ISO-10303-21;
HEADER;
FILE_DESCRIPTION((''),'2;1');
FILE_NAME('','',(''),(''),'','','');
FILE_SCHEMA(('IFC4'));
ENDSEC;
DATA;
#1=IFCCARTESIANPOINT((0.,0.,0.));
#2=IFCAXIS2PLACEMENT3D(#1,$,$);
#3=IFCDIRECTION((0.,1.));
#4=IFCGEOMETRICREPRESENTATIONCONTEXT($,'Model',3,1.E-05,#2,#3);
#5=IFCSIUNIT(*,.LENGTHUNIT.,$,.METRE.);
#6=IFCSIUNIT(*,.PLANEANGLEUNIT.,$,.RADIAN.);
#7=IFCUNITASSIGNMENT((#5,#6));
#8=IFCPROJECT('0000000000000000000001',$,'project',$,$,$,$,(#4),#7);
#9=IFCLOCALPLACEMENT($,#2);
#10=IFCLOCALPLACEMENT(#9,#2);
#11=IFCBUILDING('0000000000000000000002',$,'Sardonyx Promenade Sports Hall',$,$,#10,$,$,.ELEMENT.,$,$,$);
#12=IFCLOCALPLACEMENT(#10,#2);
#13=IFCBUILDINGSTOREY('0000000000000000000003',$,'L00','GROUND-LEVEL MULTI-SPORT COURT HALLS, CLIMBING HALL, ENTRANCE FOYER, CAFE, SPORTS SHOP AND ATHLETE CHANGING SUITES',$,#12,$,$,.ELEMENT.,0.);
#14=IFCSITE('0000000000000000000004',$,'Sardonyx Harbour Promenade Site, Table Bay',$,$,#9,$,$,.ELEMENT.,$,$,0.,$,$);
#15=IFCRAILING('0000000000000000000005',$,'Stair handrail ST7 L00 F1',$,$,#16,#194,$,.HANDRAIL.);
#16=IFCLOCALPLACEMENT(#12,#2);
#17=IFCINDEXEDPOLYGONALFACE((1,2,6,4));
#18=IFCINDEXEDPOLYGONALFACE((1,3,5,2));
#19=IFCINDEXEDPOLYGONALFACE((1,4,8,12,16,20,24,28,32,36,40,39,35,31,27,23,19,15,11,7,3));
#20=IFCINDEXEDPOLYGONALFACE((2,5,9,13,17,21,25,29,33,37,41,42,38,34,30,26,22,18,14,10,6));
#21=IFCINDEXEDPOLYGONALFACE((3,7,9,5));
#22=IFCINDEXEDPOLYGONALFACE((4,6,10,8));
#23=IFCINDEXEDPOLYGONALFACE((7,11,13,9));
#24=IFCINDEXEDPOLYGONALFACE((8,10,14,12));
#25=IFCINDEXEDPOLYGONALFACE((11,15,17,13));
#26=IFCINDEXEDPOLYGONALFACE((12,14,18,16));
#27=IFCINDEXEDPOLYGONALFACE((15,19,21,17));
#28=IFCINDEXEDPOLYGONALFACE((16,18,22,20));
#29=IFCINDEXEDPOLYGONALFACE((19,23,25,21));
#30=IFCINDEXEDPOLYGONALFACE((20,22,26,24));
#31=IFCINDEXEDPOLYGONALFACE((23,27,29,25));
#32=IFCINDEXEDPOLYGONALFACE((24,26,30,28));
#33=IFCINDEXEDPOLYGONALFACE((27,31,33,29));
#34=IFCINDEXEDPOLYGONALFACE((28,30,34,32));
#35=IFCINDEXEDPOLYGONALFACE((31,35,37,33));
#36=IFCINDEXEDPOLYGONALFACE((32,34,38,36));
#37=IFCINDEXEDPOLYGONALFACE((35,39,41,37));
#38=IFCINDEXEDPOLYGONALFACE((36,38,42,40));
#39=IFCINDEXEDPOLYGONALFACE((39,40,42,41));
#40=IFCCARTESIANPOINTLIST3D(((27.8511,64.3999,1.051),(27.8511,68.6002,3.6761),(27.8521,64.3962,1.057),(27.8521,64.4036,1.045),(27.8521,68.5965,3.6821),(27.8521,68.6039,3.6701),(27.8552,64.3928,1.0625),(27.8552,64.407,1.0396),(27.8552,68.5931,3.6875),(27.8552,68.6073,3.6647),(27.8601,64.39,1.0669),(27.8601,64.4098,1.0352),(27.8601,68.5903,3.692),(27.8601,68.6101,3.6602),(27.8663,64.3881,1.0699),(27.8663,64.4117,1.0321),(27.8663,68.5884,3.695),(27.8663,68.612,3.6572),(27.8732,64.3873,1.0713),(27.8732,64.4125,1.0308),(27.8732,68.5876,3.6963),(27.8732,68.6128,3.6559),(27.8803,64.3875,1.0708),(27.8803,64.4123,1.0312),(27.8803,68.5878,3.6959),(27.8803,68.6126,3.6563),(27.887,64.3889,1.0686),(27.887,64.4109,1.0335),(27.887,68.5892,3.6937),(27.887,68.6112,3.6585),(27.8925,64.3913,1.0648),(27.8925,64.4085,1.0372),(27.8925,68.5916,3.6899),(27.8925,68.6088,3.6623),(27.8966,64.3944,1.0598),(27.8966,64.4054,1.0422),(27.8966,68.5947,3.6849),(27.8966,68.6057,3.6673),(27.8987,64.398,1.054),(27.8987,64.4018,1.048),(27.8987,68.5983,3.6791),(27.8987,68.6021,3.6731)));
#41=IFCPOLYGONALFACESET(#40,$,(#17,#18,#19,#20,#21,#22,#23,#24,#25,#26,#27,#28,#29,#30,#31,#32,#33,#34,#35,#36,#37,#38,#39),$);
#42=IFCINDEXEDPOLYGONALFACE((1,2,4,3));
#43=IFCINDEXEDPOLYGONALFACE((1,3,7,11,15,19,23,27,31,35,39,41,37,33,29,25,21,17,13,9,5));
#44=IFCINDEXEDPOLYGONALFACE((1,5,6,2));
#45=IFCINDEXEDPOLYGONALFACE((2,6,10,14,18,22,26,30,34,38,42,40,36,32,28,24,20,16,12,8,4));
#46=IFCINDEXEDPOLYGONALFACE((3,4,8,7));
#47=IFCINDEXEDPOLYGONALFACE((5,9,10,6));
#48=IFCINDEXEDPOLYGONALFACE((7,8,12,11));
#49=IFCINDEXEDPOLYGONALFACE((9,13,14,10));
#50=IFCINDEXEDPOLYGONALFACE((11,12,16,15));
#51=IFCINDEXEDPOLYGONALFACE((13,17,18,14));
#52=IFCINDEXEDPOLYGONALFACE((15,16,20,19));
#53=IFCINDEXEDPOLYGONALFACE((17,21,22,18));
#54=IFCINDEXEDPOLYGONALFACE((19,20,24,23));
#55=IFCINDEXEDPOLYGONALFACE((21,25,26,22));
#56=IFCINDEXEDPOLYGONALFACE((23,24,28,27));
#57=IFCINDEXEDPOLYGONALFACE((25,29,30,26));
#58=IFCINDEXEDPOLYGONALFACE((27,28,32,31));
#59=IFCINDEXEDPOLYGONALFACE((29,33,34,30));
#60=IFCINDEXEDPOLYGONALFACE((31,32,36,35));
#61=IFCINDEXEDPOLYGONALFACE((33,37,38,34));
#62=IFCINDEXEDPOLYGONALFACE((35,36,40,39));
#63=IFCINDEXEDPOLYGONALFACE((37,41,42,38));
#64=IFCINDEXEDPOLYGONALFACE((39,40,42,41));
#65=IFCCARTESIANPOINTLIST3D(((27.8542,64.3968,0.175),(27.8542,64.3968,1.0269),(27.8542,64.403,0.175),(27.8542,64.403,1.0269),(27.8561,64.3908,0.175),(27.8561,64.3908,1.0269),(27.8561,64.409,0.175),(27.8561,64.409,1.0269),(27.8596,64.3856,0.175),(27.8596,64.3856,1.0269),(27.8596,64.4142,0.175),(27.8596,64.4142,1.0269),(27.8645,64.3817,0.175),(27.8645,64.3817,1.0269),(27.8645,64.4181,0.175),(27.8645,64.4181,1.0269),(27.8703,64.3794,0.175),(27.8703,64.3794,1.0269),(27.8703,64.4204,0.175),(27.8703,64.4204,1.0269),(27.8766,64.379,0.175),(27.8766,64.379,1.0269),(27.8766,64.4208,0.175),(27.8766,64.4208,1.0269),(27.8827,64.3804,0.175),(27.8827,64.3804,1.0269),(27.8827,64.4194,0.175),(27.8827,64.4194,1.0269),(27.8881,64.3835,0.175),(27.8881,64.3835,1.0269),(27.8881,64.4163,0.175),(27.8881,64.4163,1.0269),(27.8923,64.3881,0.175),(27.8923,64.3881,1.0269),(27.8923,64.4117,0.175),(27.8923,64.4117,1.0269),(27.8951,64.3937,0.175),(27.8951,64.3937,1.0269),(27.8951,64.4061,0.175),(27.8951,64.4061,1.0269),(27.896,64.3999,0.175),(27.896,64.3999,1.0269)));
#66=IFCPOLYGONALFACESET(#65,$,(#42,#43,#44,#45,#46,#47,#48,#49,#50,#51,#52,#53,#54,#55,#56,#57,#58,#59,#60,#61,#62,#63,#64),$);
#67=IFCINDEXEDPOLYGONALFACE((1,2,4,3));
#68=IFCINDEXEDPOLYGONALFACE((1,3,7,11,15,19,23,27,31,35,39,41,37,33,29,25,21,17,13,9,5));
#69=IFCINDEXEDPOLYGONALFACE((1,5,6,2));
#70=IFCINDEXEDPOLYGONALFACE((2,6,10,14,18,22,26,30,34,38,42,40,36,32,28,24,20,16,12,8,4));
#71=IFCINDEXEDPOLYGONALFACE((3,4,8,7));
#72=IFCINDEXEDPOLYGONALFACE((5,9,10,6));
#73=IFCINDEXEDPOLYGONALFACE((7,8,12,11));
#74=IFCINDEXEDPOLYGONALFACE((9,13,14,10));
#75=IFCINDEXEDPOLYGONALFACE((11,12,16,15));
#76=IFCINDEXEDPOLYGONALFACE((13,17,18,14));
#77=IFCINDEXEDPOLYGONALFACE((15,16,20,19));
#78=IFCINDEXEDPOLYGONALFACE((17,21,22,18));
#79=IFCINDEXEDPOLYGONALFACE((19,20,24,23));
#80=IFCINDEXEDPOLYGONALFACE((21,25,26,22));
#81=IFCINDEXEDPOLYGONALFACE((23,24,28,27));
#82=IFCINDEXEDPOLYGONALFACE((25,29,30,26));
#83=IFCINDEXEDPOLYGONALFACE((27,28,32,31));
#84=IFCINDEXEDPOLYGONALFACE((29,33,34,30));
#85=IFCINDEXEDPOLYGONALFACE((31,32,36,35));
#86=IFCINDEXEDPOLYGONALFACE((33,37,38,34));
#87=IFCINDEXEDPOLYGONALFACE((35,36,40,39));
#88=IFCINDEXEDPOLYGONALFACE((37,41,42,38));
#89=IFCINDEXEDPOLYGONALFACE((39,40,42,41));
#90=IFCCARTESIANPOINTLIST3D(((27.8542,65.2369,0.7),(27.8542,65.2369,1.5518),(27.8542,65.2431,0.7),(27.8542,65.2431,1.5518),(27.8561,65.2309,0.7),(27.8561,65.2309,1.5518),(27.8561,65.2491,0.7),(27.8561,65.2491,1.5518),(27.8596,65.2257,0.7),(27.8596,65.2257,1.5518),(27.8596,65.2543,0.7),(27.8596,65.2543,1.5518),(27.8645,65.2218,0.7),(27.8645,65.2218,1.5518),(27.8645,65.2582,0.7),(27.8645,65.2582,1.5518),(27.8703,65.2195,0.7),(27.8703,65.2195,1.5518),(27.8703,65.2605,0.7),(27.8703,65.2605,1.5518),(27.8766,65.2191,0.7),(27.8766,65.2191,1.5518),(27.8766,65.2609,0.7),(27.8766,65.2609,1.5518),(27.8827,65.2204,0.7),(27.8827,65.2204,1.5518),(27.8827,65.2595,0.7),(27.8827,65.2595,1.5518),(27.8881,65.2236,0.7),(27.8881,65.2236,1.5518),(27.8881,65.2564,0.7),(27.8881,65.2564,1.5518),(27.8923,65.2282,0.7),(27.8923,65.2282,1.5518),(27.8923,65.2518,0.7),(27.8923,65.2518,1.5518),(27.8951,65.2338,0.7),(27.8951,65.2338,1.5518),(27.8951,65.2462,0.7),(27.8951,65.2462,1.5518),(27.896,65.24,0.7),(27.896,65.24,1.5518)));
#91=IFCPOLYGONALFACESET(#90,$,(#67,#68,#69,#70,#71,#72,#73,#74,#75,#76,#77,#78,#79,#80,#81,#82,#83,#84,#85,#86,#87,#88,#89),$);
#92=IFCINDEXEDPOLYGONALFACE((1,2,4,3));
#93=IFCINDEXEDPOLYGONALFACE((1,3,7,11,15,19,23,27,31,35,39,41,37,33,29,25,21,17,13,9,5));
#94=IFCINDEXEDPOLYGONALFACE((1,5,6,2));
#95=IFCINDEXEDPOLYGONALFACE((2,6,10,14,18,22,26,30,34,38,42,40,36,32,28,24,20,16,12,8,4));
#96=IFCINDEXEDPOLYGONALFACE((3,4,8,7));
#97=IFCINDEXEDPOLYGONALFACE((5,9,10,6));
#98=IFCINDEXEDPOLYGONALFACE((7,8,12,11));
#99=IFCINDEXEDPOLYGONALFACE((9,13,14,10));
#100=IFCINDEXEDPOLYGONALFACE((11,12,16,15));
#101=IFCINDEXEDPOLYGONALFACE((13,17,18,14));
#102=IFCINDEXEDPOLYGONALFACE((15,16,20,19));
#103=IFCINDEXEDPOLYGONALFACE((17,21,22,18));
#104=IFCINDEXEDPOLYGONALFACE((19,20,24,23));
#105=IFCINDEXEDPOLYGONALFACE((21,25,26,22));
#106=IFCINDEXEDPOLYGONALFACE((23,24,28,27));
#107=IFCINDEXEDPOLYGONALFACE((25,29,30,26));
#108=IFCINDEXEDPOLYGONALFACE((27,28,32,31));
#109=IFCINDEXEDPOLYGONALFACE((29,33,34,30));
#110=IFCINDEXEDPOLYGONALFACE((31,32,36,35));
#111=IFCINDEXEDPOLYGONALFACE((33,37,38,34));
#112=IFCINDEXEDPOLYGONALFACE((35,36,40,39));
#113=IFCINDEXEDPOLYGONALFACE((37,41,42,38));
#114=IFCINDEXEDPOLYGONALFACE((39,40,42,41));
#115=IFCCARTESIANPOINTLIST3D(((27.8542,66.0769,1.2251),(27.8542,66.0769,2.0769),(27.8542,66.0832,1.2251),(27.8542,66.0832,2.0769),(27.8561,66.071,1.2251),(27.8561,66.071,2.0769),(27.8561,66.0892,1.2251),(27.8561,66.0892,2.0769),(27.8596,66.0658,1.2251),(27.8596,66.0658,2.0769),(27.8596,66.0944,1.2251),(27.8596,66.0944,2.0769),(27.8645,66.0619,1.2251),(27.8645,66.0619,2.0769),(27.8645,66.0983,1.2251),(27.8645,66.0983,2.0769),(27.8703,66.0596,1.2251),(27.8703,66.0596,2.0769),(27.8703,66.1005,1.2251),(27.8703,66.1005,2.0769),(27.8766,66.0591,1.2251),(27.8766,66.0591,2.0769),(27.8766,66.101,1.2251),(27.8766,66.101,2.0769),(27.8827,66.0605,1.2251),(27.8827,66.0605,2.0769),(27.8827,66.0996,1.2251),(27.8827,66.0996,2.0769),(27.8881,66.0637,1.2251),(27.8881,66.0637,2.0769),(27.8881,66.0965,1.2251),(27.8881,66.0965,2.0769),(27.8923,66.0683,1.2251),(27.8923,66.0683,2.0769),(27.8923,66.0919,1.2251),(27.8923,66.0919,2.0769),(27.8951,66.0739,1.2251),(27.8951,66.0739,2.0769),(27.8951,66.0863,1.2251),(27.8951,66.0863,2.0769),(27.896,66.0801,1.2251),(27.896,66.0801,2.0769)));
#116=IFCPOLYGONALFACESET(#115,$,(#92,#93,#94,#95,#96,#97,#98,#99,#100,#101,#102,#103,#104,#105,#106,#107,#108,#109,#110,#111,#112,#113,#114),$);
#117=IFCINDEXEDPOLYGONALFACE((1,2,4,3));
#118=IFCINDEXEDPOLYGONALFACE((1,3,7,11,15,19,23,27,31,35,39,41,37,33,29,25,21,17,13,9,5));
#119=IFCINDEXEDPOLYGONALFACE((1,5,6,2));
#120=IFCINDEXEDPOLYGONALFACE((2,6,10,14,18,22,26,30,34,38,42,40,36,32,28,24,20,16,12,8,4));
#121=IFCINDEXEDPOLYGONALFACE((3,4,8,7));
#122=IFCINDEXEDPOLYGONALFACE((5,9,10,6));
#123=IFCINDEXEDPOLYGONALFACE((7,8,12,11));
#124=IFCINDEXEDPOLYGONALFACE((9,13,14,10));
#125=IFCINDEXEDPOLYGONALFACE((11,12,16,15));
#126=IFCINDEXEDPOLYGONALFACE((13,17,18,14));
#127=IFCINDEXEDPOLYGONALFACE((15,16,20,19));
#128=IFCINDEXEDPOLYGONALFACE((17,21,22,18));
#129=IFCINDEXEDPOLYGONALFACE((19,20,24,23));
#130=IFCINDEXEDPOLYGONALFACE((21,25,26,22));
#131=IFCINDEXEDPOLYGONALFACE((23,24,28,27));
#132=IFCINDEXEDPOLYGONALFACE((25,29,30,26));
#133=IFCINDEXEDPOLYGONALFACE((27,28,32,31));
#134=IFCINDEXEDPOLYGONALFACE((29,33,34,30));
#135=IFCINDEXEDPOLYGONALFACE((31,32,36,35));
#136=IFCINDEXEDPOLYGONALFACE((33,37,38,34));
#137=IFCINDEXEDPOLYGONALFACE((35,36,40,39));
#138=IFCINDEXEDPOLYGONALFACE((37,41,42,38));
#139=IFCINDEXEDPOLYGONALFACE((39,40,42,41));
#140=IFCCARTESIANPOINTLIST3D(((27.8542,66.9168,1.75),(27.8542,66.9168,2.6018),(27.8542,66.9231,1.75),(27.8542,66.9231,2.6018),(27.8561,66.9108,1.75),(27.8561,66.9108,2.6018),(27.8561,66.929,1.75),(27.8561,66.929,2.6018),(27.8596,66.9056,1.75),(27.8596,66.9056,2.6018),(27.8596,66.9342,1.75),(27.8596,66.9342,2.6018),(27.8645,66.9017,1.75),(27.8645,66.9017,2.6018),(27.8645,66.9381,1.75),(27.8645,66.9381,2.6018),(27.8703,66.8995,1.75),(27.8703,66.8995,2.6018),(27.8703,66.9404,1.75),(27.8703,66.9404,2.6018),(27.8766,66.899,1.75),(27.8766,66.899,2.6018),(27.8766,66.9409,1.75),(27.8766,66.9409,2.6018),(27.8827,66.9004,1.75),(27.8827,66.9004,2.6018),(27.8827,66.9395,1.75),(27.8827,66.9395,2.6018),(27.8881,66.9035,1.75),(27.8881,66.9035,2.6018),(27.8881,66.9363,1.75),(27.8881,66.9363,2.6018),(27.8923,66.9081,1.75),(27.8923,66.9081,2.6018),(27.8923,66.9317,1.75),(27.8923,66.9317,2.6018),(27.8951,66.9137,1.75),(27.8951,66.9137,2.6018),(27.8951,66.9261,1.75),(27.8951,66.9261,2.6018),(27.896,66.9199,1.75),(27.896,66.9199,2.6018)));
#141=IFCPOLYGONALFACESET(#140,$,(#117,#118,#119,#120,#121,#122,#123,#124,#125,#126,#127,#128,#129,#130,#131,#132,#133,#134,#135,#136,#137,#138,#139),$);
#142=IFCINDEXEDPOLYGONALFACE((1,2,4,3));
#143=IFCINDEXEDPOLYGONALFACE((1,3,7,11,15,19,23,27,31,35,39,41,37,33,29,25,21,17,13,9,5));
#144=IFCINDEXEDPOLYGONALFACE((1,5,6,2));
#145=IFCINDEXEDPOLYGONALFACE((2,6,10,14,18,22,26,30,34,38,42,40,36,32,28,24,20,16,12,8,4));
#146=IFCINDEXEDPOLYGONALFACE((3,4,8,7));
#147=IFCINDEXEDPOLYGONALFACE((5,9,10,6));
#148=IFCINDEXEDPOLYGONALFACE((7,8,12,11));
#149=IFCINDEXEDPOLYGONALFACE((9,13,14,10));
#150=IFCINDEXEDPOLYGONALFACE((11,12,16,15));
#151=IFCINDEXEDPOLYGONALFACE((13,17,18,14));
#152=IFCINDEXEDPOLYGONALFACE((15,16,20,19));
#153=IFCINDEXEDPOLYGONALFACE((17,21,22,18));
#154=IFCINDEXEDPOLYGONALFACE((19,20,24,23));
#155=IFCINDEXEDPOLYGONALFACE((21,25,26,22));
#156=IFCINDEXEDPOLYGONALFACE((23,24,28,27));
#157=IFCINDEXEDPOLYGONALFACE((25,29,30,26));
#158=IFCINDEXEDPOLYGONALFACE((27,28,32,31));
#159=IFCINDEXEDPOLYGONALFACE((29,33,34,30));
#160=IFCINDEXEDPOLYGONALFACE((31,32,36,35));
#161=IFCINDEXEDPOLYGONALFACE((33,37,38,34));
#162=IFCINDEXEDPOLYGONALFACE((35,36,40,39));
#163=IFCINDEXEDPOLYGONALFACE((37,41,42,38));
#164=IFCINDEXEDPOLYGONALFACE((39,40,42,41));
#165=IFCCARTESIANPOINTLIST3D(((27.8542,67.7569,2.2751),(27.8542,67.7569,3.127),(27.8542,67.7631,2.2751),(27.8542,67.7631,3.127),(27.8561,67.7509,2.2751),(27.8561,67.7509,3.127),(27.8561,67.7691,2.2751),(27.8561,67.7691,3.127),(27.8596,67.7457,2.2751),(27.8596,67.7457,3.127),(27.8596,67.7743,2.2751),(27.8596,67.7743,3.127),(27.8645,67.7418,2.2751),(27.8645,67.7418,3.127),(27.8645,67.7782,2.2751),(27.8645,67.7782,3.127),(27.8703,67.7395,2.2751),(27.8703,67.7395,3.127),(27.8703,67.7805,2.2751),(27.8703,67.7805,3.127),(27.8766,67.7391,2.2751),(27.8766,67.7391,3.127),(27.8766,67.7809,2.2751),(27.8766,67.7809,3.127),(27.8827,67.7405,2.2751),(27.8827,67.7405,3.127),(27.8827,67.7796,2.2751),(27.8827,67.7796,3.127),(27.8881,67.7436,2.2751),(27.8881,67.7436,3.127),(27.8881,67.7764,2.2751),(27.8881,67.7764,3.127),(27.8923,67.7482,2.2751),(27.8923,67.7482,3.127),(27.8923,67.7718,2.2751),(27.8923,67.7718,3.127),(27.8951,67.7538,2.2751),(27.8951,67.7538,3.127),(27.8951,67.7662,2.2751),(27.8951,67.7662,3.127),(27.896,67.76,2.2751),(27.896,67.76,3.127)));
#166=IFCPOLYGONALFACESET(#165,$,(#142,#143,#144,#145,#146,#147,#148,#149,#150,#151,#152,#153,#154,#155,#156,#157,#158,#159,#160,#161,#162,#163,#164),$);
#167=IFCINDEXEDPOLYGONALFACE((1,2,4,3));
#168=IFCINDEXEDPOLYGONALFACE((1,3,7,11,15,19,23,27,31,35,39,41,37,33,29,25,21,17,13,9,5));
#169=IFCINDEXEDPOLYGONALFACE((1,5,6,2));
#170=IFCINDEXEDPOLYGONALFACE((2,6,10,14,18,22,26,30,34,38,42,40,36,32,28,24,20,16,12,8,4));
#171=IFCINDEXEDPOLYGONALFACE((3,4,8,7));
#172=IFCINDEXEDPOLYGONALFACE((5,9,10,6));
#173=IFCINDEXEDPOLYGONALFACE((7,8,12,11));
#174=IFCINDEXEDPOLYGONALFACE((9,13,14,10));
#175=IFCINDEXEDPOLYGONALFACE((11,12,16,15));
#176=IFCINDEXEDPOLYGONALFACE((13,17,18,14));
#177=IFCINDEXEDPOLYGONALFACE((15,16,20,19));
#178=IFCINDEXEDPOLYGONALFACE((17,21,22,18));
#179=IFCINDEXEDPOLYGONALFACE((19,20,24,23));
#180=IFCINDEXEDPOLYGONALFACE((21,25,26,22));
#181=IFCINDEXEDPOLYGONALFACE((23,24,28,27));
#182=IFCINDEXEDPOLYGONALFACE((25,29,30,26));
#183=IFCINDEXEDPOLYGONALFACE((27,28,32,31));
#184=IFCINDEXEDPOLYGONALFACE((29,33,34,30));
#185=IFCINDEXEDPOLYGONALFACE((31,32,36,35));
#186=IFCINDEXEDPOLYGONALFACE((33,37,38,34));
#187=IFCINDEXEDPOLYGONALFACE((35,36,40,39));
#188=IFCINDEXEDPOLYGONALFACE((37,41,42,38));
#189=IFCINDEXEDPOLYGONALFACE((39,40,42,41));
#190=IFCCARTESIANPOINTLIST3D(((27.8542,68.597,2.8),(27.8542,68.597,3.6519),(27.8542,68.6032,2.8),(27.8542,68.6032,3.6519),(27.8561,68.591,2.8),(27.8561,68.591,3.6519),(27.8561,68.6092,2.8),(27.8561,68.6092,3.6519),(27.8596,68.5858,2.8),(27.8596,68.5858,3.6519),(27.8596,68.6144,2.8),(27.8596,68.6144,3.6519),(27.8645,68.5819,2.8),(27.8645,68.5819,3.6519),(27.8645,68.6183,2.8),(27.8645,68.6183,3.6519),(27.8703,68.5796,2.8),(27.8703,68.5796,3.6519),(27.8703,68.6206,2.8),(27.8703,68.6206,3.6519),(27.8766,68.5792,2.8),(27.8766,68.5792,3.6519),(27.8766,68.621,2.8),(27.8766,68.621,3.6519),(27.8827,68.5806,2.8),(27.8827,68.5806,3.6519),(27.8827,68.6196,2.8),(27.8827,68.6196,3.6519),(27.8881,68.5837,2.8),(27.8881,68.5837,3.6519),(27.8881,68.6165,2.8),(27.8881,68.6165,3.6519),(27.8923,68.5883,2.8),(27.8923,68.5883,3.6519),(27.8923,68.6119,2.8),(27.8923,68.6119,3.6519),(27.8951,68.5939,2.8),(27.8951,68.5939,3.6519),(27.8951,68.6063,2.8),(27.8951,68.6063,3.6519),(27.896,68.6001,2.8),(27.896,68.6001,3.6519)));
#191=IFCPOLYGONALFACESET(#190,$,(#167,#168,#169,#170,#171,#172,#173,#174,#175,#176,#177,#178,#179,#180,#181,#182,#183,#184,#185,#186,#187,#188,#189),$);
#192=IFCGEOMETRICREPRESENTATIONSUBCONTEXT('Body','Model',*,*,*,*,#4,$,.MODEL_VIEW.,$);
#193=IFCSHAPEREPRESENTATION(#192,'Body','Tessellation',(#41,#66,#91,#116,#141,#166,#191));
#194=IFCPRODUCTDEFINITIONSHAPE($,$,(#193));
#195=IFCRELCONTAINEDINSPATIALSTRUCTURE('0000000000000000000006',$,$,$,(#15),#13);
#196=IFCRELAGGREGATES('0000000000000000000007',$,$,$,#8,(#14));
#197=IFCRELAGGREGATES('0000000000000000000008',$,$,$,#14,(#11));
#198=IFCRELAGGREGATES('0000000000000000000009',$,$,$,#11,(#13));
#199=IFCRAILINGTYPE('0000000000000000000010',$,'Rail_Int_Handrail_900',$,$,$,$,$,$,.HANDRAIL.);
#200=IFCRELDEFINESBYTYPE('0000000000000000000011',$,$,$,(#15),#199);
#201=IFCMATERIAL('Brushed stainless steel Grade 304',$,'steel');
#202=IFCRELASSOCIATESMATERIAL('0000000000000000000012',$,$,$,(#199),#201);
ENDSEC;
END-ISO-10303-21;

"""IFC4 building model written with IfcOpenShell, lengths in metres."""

from ifc_helpers import new_model, si_unit, direction, frame, origin, origin_2d, place, context, subcontext, project, spatial, circle, extrude, material, type_object, element, save


model = new_model("IFC4")

# Units and contexts
model_context = context("Model", 3, precision=1e-05, world=origin(), true_north=direction((0.0, 1.0)))
body_context = subcontext(model_context, "Body", "Model", "MODEL_VIEW")
ifc_project = project(units=[si_unit("LENGTHUNIT", "METRE"), si_unit("PLANEANGLEUNIT", "RADIAN")], contexts=[model_context])

# Site, building, storey
site_placement = place(None, origin())
site = spatial("IfcSite", under=ifc_project, at=site_placement, Name="Sardonyx Harbour Promenade Site, Table Bay", CompositionType="ELEMENT", RefElevation=0.0)
building_placement = place(site_placement, origin())
building = spatial("IfcBuilding", under=site, at=building_placement, Name="Sardonyx Promenade Sports Hall", CompositionType="ELEMENT")
storey_placement = place(building_placement, origin())
storey = spatial("IfcBuildingStorey", under=building, at=storey_placement, Name="L00", Description="GROUND-LEVEL MULTI-SPORT COURT HALLS, CLIMBING HALL, ENTRANCE FOYER, CAFE, SPORTS SHOP AND ATHLETE CHANGING SUITES", CompositionType="ELEMENT", Elevation=0.0)

# Railing
ifc_material_1 = material(Name="Brushed stainless steel Grade 304", Category="steel")
railing_type_1 = type_object("IfcRailingType", Name="Rail_Int_Handrail_900", PredefinedType="HANDRAIL", material=ifc_material_1)
railing_1_placement = place(storey_placement, frame((27.875, 64.3999, 0.175)))
element("IfcRailing", 1, at=railing_1_placement, inside=storey, type_object=railing_type_1, Name="Stair handrail ST7 L00 F1", PredefinedType="HANDRAIL", context=body_context, shape_type="SweptSolid", body=[
    extrude(circle(Radius=0.0239, at=origin_2d()), frame((0.0, 0.0, 0.876), z_axis=(0.0, 0.848009, 0.529981), x_axis=(-1.0, 0.0, 0.0)), (0.0, 0.0, 1.0), 4.9531),
    extrude(circle(Radius=0.021, at=origin_2d()), origin(), (0.0, 0.0, 1.0), 0.8518),
    extrude(circle(Radius=0.021, at=origin_2d()), frame((0.0, 0.8401, 0.5249)), (0.0, 0.0, 1.0), 0.8518),
    extrude(circle(Radius=0.021, at=origin_2d()), frame((0.0, 1.6802, 1.05)), (0.0, 0.0, 1.0), 0.8518),
    extrude(circle(Radius=0.021, at=origin_2d()), frame((0.0, 2.52, 1.575)), (0.0, 0.0, 1.0), 0.8518),
    extrude(circle(Radius=0.021, at=origin_2d()), frame((0.0, 3.3601, 2.1001)), (0.0, 0.0, 1.0), 0.8518),
    extrude(circle(Radius=0.021, at=origin_2d()), frame((0.0, 4.2002, 2.625)), (0.0, 0.0, 1.0), 0.8518),
])

save(model, "model.ifc")
